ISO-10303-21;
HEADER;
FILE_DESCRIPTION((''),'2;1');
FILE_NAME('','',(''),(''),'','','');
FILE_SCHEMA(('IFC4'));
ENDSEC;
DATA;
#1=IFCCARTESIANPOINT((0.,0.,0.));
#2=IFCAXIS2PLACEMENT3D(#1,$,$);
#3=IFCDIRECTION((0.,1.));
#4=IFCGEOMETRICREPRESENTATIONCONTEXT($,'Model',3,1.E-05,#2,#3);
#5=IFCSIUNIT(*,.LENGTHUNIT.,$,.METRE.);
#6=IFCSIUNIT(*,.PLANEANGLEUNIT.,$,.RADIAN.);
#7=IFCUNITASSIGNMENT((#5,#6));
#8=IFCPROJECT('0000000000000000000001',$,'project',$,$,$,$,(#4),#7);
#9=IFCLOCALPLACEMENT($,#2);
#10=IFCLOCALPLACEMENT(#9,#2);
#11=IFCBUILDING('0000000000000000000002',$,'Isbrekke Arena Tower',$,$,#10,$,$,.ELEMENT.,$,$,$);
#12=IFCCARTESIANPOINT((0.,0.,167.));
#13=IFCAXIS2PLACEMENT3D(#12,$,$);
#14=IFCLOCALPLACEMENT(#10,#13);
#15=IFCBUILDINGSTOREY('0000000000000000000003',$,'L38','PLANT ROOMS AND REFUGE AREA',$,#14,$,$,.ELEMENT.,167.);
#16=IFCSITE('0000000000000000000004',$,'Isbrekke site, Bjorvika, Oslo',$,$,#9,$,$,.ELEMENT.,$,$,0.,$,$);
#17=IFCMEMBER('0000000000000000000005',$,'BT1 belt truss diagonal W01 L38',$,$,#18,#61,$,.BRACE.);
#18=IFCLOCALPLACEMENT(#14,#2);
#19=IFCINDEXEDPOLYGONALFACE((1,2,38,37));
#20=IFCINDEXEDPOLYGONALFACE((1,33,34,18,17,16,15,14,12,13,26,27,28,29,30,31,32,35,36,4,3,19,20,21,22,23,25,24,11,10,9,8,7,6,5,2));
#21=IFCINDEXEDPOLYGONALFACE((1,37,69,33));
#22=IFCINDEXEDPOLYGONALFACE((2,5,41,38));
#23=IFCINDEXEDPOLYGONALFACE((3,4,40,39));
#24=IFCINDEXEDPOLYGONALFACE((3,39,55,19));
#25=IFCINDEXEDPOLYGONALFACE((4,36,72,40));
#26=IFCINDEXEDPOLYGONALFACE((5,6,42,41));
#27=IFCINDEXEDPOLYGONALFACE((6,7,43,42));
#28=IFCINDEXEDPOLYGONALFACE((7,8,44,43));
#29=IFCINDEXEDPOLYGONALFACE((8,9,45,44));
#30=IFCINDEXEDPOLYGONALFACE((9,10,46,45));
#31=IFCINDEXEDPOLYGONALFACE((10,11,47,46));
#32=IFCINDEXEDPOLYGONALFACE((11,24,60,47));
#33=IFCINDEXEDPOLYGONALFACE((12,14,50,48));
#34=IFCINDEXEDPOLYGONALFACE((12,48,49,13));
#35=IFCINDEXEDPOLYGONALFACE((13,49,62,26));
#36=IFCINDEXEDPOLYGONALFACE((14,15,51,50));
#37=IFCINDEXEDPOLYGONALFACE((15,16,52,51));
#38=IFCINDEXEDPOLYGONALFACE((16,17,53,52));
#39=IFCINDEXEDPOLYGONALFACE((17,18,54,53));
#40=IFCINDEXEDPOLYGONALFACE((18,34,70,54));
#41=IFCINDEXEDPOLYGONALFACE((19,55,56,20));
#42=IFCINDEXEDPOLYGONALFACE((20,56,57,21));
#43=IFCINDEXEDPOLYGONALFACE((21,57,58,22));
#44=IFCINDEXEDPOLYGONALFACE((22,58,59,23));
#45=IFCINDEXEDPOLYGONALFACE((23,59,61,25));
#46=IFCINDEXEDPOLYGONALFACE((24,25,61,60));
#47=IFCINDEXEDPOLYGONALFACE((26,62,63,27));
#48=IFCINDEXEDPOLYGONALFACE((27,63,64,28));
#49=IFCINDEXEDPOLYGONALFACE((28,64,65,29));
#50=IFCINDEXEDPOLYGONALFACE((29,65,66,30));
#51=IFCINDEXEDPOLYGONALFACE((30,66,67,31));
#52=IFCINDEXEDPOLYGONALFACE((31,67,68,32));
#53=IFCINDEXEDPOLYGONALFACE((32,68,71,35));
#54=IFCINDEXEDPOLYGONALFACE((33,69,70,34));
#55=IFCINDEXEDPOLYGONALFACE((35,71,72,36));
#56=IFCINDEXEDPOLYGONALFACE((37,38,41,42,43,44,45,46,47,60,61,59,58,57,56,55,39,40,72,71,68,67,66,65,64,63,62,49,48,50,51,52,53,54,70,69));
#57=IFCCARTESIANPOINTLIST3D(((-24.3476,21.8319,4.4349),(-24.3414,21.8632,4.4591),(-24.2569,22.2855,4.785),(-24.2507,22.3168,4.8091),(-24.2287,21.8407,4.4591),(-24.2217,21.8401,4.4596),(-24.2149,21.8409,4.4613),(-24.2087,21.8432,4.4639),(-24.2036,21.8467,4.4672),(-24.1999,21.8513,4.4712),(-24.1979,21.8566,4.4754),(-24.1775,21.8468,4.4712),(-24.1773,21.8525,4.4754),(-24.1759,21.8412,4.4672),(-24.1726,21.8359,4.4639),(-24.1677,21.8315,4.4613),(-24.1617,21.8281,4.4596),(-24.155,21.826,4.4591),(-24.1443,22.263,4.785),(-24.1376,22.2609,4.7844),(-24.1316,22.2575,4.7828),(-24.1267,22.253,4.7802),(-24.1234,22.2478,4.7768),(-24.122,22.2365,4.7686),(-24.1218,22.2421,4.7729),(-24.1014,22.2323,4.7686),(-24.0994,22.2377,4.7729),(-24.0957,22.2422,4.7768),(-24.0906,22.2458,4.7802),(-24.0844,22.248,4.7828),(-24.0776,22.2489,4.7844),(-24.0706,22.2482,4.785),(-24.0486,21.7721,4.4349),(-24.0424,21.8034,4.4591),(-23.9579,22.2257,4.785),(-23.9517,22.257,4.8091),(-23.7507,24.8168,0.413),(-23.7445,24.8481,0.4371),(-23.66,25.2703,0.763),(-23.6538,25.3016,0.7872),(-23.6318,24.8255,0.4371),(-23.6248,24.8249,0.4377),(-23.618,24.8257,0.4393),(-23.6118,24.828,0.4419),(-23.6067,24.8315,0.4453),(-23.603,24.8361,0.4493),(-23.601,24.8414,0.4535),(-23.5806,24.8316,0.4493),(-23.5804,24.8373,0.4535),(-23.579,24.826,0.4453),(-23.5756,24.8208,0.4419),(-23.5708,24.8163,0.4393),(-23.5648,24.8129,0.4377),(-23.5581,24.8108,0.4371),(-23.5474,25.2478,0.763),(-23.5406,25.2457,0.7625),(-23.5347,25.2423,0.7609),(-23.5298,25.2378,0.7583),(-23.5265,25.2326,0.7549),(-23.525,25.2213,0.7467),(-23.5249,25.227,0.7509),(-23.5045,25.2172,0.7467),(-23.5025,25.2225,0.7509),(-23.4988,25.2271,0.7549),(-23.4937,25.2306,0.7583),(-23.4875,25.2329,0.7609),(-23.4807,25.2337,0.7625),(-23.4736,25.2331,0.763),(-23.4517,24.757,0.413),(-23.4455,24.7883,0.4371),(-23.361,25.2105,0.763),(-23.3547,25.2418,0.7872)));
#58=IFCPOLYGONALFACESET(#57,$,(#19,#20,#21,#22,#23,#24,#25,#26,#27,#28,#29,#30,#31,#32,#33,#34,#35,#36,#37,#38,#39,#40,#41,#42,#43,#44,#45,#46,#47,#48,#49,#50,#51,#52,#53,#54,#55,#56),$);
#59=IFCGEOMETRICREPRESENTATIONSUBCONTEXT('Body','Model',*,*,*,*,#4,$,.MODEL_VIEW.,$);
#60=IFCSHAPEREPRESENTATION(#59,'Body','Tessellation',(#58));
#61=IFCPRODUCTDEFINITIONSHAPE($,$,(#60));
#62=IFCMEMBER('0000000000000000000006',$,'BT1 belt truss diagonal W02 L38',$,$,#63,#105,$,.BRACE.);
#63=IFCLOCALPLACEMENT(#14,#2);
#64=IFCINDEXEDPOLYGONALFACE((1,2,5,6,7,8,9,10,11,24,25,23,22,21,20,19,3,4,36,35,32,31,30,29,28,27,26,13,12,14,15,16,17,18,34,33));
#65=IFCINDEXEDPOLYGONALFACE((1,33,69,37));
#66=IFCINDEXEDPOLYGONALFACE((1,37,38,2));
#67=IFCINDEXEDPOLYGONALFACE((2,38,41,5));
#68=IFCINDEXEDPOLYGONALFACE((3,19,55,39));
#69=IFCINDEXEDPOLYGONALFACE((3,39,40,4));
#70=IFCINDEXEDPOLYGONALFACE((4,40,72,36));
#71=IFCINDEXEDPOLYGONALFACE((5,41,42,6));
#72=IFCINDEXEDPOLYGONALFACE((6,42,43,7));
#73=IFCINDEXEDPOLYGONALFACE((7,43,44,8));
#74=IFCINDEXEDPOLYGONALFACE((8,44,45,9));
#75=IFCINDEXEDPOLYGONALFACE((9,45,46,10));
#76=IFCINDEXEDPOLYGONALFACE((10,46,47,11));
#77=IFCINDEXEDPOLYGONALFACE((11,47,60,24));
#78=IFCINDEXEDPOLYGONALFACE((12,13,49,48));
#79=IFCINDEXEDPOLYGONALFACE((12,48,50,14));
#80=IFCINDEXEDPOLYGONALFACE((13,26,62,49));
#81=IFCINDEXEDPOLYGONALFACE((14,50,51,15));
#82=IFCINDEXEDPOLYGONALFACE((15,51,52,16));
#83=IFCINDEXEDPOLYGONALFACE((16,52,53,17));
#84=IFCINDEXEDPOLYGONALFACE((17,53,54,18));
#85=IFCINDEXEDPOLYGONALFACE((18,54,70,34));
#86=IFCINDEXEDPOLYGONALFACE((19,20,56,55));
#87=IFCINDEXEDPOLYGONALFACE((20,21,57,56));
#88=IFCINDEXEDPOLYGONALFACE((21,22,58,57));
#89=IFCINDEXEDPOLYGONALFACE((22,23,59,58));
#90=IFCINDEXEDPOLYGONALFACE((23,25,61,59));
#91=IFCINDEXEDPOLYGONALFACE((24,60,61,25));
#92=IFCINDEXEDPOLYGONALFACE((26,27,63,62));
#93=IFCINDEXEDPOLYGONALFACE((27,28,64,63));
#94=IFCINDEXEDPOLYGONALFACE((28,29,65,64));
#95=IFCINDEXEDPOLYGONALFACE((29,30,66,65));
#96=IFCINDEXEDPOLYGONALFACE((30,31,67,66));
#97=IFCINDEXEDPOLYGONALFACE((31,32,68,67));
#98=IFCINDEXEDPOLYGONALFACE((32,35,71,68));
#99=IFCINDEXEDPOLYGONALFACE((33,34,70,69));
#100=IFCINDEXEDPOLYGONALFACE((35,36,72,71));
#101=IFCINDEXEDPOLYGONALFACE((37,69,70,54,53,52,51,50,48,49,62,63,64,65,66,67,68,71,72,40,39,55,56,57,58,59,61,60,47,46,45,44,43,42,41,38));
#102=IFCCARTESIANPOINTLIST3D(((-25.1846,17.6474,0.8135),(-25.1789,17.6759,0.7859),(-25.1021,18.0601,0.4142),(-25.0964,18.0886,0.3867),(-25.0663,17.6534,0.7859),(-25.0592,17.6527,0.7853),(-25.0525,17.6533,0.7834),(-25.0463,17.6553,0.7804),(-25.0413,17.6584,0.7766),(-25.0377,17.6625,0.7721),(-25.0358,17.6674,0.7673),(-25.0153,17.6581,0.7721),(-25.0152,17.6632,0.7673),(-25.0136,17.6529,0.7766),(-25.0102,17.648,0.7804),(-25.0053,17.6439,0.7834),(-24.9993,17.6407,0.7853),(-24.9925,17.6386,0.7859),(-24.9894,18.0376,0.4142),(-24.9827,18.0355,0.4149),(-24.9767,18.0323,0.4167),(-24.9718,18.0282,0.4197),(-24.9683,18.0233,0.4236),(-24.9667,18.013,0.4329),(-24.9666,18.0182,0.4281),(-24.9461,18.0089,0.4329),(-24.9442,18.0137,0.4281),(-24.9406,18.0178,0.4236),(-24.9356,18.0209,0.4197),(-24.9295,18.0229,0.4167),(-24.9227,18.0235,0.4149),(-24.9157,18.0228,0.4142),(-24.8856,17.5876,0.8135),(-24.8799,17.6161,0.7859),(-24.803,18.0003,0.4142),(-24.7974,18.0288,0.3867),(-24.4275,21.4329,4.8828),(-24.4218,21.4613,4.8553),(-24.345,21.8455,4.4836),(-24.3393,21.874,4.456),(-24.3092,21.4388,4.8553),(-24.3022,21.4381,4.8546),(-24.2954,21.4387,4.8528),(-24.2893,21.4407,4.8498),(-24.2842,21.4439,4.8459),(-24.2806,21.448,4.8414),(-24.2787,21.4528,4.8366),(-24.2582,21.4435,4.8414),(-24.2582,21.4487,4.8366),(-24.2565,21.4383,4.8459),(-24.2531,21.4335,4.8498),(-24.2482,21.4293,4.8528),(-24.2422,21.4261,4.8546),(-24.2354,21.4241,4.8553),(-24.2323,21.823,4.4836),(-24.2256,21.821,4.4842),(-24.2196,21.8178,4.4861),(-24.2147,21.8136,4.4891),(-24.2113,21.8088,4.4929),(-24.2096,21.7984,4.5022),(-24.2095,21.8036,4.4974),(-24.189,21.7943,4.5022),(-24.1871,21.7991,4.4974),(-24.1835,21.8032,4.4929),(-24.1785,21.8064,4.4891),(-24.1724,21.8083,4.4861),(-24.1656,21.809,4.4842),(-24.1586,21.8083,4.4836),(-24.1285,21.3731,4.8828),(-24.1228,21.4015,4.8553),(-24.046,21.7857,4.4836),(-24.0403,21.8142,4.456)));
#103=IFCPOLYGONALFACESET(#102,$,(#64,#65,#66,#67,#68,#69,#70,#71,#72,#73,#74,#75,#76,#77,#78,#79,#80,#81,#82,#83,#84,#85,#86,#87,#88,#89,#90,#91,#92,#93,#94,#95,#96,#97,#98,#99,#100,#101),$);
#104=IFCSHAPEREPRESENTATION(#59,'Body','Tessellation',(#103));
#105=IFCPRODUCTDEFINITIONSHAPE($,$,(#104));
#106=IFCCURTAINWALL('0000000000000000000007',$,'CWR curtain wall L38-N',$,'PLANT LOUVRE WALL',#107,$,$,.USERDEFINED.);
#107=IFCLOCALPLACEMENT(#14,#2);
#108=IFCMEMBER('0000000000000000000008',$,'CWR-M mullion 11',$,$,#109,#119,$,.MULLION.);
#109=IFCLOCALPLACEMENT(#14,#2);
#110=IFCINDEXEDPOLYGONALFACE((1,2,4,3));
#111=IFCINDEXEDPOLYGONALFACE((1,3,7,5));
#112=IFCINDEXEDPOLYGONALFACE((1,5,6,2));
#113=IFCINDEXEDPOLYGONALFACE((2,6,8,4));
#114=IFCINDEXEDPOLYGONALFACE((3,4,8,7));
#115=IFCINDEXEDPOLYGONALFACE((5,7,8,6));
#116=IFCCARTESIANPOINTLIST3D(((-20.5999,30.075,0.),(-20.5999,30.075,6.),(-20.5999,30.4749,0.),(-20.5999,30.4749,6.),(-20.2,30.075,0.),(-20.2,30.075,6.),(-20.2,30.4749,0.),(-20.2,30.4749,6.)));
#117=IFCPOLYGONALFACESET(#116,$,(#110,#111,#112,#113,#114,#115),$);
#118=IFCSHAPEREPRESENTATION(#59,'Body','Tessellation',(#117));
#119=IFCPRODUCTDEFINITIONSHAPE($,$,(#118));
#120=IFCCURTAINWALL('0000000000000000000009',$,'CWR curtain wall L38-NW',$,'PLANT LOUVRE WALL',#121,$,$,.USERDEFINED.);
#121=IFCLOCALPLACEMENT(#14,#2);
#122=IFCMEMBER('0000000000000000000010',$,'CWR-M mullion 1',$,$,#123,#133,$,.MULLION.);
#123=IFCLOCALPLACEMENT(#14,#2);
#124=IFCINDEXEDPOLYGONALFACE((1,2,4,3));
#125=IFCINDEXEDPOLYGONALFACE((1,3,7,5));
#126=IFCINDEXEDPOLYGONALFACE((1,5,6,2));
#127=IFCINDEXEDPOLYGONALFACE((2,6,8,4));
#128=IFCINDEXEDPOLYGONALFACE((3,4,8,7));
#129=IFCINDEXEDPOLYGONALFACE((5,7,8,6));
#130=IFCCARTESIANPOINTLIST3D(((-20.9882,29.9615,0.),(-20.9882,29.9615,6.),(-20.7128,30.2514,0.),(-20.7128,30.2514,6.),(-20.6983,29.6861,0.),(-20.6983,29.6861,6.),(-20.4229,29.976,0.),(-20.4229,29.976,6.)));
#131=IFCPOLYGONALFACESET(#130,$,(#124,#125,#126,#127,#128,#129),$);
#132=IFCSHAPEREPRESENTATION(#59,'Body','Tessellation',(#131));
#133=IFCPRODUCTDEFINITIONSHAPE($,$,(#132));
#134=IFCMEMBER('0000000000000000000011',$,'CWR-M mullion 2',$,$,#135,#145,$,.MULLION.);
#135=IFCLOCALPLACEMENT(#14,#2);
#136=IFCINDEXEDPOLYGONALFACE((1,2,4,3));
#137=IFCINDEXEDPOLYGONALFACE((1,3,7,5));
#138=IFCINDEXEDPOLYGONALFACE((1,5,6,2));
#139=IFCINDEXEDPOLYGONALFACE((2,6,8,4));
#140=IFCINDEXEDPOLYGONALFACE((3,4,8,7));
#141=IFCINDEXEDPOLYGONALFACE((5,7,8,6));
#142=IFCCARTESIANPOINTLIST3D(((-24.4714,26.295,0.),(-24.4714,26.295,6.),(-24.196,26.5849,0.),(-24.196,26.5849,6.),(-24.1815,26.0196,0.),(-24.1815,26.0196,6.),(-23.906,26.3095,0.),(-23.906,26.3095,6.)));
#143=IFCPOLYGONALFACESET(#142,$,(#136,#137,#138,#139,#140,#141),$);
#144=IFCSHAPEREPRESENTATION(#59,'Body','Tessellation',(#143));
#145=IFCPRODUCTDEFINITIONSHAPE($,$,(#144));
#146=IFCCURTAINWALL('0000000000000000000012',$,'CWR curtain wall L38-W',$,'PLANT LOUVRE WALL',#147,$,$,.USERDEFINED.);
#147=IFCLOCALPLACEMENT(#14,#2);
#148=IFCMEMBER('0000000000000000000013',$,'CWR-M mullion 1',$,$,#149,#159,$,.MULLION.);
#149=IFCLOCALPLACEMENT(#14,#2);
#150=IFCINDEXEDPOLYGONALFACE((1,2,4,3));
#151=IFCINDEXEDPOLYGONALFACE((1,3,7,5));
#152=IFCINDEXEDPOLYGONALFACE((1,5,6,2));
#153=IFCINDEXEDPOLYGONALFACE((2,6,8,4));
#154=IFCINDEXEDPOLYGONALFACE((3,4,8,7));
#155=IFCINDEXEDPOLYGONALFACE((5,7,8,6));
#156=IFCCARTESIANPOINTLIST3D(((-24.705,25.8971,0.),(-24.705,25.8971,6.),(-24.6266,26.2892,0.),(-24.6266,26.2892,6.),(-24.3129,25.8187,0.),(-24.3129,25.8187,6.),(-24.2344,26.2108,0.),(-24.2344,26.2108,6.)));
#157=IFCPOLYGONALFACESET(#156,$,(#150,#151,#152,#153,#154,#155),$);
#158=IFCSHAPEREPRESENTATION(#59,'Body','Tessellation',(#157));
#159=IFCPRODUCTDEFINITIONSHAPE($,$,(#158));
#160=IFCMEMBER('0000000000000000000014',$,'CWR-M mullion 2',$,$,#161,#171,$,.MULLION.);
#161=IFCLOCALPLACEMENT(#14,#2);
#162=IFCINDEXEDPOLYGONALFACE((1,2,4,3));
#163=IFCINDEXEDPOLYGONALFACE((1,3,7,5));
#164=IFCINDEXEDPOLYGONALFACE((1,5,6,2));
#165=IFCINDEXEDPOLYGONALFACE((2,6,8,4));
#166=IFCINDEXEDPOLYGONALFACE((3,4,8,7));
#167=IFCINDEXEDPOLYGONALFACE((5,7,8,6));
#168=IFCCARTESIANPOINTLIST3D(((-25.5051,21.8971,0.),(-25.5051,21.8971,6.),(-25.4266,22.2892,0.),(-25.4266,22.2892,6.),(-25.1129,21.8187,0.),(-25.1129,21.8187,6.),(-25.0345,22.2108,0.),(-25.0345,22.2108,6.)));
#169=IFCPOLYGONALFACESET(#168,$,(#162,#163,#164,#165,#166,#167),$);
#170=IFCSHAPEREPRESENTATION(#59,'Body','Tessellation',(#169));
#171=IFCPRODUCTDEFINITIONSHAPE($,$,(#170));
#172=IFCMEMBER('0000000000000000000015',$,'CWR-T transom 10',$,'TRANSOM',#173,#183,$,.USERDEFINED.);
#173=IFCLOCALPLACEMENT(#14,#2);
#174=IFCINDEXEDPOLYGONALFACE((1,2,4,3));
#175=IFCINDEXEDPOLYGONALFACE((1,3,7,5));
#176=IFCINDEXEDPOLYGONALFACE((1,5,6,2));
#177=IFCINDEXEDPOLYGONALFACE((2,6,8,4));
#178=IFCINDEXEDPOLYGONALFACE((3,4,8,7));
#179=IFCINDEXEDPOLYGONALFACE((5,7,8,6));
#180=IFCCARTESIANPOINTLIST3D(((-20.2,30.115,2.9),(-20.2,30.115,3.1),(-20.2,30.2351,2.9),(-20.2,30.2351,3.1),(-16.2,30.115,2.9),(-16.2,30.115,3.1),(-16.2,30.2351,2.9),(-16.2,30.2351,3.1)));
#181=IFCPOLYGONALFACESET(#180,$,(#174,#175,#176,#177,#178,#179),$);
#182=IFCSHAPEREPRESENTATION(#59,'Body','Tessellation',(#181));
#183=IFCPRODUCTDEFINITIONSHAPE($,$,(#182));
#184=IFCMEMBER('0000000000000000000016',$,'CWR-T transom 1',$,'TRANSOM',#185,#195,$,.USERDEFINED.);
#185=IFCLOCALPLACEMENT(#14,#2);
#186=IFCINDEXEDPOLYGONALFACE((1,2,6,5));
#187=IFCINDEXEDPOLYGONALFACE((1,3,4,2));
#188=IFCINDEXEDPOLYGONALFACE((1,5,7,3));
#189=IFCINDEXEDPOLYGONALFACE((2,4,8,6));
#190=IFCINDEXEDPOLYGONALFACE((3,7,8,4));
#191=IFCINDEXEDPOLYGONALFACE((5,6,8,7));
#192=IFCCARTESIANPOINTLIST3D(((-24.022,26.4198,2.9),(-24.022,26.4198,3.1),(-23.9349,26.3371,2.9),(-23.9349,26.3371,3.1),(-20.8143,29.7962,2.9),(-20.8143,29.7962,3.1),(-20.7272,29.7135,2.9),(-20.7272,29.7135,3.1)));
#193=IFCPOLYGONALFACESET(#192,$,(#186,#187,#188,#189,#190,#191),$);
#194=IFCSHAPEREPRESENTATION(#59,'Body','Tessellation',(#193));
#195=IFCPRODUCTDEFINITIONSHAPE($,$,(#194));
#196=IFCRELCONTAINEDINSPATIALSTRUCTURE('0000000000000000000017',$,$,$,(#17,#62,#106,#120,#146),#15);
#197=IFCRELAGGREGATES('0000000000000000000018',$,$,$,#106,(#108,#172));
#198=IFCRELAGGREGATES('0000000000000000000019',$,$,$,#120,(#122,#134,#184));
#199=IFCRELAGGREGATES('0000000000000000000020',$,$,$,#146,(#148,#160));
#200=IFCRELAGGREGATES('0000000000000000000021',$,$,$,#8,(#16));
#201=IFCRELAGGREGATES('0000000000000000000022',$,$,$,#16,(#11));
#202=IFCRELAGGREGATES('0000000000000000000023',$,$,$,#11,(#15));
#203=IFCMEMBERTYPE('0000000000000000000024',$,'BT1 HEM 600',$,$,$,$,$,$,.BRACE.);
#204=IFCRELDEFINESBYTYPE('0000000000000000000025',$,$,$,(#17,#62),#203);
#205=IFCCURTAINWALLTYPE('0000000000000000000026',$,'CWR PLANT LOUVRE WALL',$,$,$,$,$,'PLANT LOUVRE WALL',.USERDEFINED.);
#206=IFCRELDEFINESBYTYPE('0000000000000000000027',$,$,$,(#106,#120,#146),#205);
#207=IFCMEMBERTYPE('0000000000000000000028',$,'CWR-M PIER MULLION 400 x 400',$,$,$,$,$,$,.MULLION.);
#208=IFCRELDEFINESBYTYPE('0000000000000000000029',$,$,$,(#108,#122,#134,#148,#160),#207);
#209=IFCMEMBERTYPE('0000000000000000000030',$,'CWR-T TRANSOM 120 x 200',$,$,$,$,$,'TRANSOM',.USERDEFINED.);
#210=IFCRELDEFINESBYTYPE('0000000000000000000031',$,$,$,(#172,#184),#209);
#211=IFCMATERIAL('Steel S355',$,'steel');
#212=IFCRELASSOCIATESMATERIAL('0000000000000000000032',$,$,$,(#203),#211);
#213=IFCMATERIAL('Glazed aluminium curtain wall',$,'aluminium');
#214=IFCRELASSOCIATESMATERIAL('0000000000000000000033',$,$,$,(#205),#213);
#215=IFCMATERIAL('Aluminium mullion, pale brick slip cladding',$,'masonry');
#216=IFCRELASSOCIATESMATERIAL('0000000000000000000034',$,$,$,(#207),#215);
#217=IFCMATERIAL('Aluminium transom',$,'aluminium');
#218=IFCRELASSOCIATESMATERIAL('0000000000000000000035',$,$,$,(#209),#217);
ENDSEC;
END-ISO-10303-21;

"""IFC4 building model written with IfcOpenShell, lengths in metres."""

from ifc_helpers import new_model, si_unit, direction, frame, origin, origin_2d, place, context, subcontext, project, spatial, rectangle, i_section, extrude, material, material_profile, profile_set, type_object, element, aggregate, save


model = new_model("IFC4")

# Units and contexts
model_context = context("Model", 3, precision=1e-05, world=origin(), true_north=direction((0.0, 1.0)))
body_context = subcontext(model_context, "Body", "Model", "MODEL_VIEW")
ifc_project = project(units=[si_unit("LENGTHUNIT", "METRE"), si_unit("PLANEANGLEUNIT", "RADIAN")], contexts=[model_context])

# Site, building, storey
site_placement = place(None, origin())
site = spatial("IfcSite", under=ifc_project, at=site_placement, Name="Isbrekke site, Bjorvika, Oslo", CompositionType="ELEMENT", RefElevation=0.0)
building_placement = place(site_placement, origin())
building = spatial("IfcBuilding", under=site, at=building_placement, Name="Isbrekke Arena Tower", CompositionType="ELEMENT")
storey_placement = place(building_placement, frame((0.0, 0.0, 167.0)))
storey = spatial("IfcBuildingStorey", under=building, at=storey_placement, Name="L38", Description="PLANT ROOMS AND REFUGE AREA", CompositionType="ELEMENT", Elevation=167.0)

# Members
ifc_material_1 = material(Name="Steel S355", Category="steel")
ifc_material_profile_1 = material_profile(ifc_material_1, i_section(OverallWidth=0.3049, OverallDepth=0.6201, WebThickness=0.021, FlangeThickness=0.04, FilletRadius=0.0271, at=origin_2d()), Name="HEM 600")
ifc_profile_set_1 = profile_set([ifc_material_profile_1], Name="Steel S355")
member_type_1 = type_object("IfcMemberType", Name="BT1 HEM 600", PredefinedType="BRACE", material=ifc_profile_set_1)
member_1_placement = place(storey_placement, frame((-23.5527, 25.0293, 0.6001), z_axis=(-0.118343, -0.591764, 0.797377), x_axis=(0.980584, -0.196101, 0.0)))
element("IfcMember", 1, at=member_1_placement, inside=storey, type_object=member_type_1, Name="BT1 belt truss diagonal W01 L38", PredefinedType="BRACE", context=body_context, shape_type="SweptSolid", body=[
    extrude(i_section(OverallWidth=0.3049, OverallDepth=0.6201, WebThickness=0.021, FlangeThickness=0.04, FilletRadius=0.0271, at=origin_2d()), origin(), (0.0, 0.0, 1.0), 5.0439),
])
member_2_placement = place(storey_placement, frame((-24.2339, 21.6235, 4.6694), z_axis=(-0.134974, -0.674869, -0.725489), x_axis=(0.980581, -0.196116, 0.0)))
element("IfcMember", 2, at=member_2_placement, inside=storey, type_object=member_type_1, Name="BT1 belt truss diagonal W02 L38", PredefinedType="BRACE", context=body_context, shape_type="SweptSolid", body=[
    extrude(i_section(OverallWidth=0.3049, OverallDepth=0.6201, WebThickness=0.021, FlangeThickness=0.04, FilletRadius=0.0271, at=origin_2d()), origin(), (0.0, 0.0, 1.0), 5.6091),
])

# Curtain wall, member
ifc_material_2 = material(Name="Glazed aluminium curtain wall", Category="aluminium")
curtain_wall_type = type_object("IfcCurtainWallType", Name="CWR PLANT LOUVRE WALL", ElementType="PLANT LOUVRE WALL", PredefinedType="USERDEFINED", material=ifc_material_2)
curtain_wall_1_placement = place(storey_placement, origin())
curtain_wall_1 = element("IfcCurtainWall", 3, at=curtain_wall_1_placement, inside=storey, type_object=curtain_wall_type, Name="CWR curtain wall L38-N", ObjectType="PLANT LOUVRE WALL", PredefinedType="USERDEFINED")
ifc_material_3 = material(Name="Aluminium mullion, pale brick slip cladding", Category="masonry")
ifc_material_profile_2 = material_profile(ifc_material_3, rectangle(XDim=0.3999, YDim=0.3999, at=origin_2d()), Name="PIER 400X400")
ifc_profile_set_2 = profile_set([ifc_material_profile_2], Name="Aluminium mullion, pale brick slip cladding")
member_type_2 = type_object("IfcMemberType", Name="CWR-M PIER MULLION 400 x 400", PredefinedType="MULLION", material=ifc_profile_set_2)
member_3_placement = place(storey_placement, frame((-20.3999, 30.2749, 0.0), z_axis=(0.0, 0.0, 1.0), x_axis=(-1.0, 0.0, 0.0)))
member_3 = element("IfcMember", 4, at=member_3_placement, type_object=member_type_2, Name="CWR-M mullion 11", PredefinedType="MULLION", context=body_context, shape_type="SweptSolid", body=[
    extrude(rectangle(XDim=0.3999, YDim=0.3999, at=origin_2d()), origin(), (0.0, 0.0, 1.0), 6.0),
])

# Curtain walls, members
curtain_wall_2_placement = place(storey_placement, origin())
curtain_wall_2 = element("IfcCurtainWall", 5, at=curtain_wall_2_placement, inside=storey, type_object=curtain_wall_type, Name="CWR curtain wall L38-NW", ObjectType="PLANT LOUVRE WALL", PredefinedType="USERDEFINED")
member_4_placement = place(storey_placement, frame((-20.7056, 29.9688, 0.0), z_axis=(0.0, 0.0, 1.0), x_axis=(-0.688749, -0.724999, 0.0)))
member_4 = element("IfcMember", 6, at=member_4_placement, type_object=member_type_2, Name="CWR-M mullion 1", PredefinedType="MULLION", context=body_context, shape_type="SweptSolid", body=[
    extrude(rectangle(XDim=0.3999, YDim=0.3999, at=origin_2d()), origin(), (0.0, 0.0, 1.0), 6.0),
])
member_5_placement = place(storey_placement, frame((-24.1887, 26.3022, 0.0), z_axis=(0.0, 0.0, 1.0), x_axis=(-0.688749, -0.724999, 0.0)))
member_5 = element("IfcMember", 7, at=member_5_placement, type_object=member_type_2, Name="CWR-M mullion 2", PredefinedType="MULLION", context=body_context, shape_type="SweptSolid", body=[
    extrude(rectangle(XDim=0.3999, YDim=0.3999, at=origin_2d()), origin(), (0.0, 0.0, 1.0), 6.0),
])
curtain_wall_3_placement = place(storey_placement, origin())
curtain_wall_3 = element("IfcCurtainWall", 8, at=curtain_wall_3_placement, inside=storey, type_object=curtain_wall_type, Name="CWR curtain wall L38-W", ObjectType="PLANT LOUVRE WALL", PredefinedType="USERDEFINED")
member_6_placement = place(storey_placement, frame((-24.4697, 26.054, 0.0), z_axis=(0.0, 0.0, 1.0), x_axis=(-0.196116, -0.980581, 0.0)))
member_6 = element("IfcMember", 9, at=member_6_placement, type_object=member_type_2, Name="CWR-M mullion 1", PredefinedType="MULLION", context=body_context, shape_type="SweptSolid", body=[
    extrude(rectangle(XDim=0.3999, YDim=0.3999, at=origin_2d()), origin(), (0.0, 0.0, 1.0), 6.0),
])
member_7_placement = place(storey_placement, frame((-25.2698, 22.054, 0.0), z_axis=(0.0, 0.0, 1.0), x_axis=(-0.196116, -0.980581, 0.0)))
member_7 = element("IfcMember", 10, at=member_7_placement, type_object=member_type_2, Name="CWR-M mullion 2", PredefinedType="MULLION", context=body_context, shape_type="SweptSolid", body=[
    extrude(rectangle(XDim=0.3999, YDim=0.3999, at=origin_2d()), origin(), (0.0, 0.0, 1.0), 6.0),
])

# Members
ifc_material_4 = material(Name="Aluminium transom", Category="aluminium")
ifc_material_profile_3 = material_profile(ifc_material_4, rectangle(XDim=0.1201, YDim=0.2, at=origin_2d()), Name="TRANSOM 120X200")
ifc_profile_set_3 = profile_set([ifc_material_profile_3], Name="Aluminium transom")
member_type_3 = type_object("IfcMemberType", Name="CWR-T TRANSOM 120 x 200", ElementType="TRANSOM", PredefinedType="USERDEFINED", material=ifc_profile_set_3)
member_8_placement = place(storey_placement, frame((-16.2, 30.175, 3.0), z_axis=(-1.0, 0.0, 0.0), x_axis=(0.0, -1.0, 0.0)))
member_8 = element("IfcMember", 11, at=member_8_placement, type_object=member_type_3, Name="CWR-T transom 10", ObjectType="TRANSOM", PredefinedType="USERDEFINED", context=body_context, shape_type="SweptSolid", body=[
    extrude(rectangle(XDim=0.1201, YDim=0.2, at=origin_2d()), origin(), (0.0, 0.0, 1.0), 4.0),
])
member_9_placement = place(storey_placement, frame((-20.7708, 29.7549, 3.0), z_axis=(-0.688763, -0.724986, 0.0), x_axis=(0.724986, -0.688763, 0.0)))
member_9 = element("IfcMember", 12, at=member_9_placement, type_object=member_type_3, Name="CWR-T transom 1", ObjectType="TRANSOM", PredefinedType="USERDEFINED", context=body_context, shape_type="SweptSolid", body=[
    extrude(rectangle(XDim=0.1201, YDim=0.2, at=origin_2d()), origin(), (0.0, 0.0, 1.0), 4.6572),
])

aggregate(curtain_wall_1, [member_3, member_8])
aggregate(curtain_wall_2, [member_4, member_5, member_9])
aggregate(curtain_wall_3, [member_6, member_7])

save(model, "model.ifc")
